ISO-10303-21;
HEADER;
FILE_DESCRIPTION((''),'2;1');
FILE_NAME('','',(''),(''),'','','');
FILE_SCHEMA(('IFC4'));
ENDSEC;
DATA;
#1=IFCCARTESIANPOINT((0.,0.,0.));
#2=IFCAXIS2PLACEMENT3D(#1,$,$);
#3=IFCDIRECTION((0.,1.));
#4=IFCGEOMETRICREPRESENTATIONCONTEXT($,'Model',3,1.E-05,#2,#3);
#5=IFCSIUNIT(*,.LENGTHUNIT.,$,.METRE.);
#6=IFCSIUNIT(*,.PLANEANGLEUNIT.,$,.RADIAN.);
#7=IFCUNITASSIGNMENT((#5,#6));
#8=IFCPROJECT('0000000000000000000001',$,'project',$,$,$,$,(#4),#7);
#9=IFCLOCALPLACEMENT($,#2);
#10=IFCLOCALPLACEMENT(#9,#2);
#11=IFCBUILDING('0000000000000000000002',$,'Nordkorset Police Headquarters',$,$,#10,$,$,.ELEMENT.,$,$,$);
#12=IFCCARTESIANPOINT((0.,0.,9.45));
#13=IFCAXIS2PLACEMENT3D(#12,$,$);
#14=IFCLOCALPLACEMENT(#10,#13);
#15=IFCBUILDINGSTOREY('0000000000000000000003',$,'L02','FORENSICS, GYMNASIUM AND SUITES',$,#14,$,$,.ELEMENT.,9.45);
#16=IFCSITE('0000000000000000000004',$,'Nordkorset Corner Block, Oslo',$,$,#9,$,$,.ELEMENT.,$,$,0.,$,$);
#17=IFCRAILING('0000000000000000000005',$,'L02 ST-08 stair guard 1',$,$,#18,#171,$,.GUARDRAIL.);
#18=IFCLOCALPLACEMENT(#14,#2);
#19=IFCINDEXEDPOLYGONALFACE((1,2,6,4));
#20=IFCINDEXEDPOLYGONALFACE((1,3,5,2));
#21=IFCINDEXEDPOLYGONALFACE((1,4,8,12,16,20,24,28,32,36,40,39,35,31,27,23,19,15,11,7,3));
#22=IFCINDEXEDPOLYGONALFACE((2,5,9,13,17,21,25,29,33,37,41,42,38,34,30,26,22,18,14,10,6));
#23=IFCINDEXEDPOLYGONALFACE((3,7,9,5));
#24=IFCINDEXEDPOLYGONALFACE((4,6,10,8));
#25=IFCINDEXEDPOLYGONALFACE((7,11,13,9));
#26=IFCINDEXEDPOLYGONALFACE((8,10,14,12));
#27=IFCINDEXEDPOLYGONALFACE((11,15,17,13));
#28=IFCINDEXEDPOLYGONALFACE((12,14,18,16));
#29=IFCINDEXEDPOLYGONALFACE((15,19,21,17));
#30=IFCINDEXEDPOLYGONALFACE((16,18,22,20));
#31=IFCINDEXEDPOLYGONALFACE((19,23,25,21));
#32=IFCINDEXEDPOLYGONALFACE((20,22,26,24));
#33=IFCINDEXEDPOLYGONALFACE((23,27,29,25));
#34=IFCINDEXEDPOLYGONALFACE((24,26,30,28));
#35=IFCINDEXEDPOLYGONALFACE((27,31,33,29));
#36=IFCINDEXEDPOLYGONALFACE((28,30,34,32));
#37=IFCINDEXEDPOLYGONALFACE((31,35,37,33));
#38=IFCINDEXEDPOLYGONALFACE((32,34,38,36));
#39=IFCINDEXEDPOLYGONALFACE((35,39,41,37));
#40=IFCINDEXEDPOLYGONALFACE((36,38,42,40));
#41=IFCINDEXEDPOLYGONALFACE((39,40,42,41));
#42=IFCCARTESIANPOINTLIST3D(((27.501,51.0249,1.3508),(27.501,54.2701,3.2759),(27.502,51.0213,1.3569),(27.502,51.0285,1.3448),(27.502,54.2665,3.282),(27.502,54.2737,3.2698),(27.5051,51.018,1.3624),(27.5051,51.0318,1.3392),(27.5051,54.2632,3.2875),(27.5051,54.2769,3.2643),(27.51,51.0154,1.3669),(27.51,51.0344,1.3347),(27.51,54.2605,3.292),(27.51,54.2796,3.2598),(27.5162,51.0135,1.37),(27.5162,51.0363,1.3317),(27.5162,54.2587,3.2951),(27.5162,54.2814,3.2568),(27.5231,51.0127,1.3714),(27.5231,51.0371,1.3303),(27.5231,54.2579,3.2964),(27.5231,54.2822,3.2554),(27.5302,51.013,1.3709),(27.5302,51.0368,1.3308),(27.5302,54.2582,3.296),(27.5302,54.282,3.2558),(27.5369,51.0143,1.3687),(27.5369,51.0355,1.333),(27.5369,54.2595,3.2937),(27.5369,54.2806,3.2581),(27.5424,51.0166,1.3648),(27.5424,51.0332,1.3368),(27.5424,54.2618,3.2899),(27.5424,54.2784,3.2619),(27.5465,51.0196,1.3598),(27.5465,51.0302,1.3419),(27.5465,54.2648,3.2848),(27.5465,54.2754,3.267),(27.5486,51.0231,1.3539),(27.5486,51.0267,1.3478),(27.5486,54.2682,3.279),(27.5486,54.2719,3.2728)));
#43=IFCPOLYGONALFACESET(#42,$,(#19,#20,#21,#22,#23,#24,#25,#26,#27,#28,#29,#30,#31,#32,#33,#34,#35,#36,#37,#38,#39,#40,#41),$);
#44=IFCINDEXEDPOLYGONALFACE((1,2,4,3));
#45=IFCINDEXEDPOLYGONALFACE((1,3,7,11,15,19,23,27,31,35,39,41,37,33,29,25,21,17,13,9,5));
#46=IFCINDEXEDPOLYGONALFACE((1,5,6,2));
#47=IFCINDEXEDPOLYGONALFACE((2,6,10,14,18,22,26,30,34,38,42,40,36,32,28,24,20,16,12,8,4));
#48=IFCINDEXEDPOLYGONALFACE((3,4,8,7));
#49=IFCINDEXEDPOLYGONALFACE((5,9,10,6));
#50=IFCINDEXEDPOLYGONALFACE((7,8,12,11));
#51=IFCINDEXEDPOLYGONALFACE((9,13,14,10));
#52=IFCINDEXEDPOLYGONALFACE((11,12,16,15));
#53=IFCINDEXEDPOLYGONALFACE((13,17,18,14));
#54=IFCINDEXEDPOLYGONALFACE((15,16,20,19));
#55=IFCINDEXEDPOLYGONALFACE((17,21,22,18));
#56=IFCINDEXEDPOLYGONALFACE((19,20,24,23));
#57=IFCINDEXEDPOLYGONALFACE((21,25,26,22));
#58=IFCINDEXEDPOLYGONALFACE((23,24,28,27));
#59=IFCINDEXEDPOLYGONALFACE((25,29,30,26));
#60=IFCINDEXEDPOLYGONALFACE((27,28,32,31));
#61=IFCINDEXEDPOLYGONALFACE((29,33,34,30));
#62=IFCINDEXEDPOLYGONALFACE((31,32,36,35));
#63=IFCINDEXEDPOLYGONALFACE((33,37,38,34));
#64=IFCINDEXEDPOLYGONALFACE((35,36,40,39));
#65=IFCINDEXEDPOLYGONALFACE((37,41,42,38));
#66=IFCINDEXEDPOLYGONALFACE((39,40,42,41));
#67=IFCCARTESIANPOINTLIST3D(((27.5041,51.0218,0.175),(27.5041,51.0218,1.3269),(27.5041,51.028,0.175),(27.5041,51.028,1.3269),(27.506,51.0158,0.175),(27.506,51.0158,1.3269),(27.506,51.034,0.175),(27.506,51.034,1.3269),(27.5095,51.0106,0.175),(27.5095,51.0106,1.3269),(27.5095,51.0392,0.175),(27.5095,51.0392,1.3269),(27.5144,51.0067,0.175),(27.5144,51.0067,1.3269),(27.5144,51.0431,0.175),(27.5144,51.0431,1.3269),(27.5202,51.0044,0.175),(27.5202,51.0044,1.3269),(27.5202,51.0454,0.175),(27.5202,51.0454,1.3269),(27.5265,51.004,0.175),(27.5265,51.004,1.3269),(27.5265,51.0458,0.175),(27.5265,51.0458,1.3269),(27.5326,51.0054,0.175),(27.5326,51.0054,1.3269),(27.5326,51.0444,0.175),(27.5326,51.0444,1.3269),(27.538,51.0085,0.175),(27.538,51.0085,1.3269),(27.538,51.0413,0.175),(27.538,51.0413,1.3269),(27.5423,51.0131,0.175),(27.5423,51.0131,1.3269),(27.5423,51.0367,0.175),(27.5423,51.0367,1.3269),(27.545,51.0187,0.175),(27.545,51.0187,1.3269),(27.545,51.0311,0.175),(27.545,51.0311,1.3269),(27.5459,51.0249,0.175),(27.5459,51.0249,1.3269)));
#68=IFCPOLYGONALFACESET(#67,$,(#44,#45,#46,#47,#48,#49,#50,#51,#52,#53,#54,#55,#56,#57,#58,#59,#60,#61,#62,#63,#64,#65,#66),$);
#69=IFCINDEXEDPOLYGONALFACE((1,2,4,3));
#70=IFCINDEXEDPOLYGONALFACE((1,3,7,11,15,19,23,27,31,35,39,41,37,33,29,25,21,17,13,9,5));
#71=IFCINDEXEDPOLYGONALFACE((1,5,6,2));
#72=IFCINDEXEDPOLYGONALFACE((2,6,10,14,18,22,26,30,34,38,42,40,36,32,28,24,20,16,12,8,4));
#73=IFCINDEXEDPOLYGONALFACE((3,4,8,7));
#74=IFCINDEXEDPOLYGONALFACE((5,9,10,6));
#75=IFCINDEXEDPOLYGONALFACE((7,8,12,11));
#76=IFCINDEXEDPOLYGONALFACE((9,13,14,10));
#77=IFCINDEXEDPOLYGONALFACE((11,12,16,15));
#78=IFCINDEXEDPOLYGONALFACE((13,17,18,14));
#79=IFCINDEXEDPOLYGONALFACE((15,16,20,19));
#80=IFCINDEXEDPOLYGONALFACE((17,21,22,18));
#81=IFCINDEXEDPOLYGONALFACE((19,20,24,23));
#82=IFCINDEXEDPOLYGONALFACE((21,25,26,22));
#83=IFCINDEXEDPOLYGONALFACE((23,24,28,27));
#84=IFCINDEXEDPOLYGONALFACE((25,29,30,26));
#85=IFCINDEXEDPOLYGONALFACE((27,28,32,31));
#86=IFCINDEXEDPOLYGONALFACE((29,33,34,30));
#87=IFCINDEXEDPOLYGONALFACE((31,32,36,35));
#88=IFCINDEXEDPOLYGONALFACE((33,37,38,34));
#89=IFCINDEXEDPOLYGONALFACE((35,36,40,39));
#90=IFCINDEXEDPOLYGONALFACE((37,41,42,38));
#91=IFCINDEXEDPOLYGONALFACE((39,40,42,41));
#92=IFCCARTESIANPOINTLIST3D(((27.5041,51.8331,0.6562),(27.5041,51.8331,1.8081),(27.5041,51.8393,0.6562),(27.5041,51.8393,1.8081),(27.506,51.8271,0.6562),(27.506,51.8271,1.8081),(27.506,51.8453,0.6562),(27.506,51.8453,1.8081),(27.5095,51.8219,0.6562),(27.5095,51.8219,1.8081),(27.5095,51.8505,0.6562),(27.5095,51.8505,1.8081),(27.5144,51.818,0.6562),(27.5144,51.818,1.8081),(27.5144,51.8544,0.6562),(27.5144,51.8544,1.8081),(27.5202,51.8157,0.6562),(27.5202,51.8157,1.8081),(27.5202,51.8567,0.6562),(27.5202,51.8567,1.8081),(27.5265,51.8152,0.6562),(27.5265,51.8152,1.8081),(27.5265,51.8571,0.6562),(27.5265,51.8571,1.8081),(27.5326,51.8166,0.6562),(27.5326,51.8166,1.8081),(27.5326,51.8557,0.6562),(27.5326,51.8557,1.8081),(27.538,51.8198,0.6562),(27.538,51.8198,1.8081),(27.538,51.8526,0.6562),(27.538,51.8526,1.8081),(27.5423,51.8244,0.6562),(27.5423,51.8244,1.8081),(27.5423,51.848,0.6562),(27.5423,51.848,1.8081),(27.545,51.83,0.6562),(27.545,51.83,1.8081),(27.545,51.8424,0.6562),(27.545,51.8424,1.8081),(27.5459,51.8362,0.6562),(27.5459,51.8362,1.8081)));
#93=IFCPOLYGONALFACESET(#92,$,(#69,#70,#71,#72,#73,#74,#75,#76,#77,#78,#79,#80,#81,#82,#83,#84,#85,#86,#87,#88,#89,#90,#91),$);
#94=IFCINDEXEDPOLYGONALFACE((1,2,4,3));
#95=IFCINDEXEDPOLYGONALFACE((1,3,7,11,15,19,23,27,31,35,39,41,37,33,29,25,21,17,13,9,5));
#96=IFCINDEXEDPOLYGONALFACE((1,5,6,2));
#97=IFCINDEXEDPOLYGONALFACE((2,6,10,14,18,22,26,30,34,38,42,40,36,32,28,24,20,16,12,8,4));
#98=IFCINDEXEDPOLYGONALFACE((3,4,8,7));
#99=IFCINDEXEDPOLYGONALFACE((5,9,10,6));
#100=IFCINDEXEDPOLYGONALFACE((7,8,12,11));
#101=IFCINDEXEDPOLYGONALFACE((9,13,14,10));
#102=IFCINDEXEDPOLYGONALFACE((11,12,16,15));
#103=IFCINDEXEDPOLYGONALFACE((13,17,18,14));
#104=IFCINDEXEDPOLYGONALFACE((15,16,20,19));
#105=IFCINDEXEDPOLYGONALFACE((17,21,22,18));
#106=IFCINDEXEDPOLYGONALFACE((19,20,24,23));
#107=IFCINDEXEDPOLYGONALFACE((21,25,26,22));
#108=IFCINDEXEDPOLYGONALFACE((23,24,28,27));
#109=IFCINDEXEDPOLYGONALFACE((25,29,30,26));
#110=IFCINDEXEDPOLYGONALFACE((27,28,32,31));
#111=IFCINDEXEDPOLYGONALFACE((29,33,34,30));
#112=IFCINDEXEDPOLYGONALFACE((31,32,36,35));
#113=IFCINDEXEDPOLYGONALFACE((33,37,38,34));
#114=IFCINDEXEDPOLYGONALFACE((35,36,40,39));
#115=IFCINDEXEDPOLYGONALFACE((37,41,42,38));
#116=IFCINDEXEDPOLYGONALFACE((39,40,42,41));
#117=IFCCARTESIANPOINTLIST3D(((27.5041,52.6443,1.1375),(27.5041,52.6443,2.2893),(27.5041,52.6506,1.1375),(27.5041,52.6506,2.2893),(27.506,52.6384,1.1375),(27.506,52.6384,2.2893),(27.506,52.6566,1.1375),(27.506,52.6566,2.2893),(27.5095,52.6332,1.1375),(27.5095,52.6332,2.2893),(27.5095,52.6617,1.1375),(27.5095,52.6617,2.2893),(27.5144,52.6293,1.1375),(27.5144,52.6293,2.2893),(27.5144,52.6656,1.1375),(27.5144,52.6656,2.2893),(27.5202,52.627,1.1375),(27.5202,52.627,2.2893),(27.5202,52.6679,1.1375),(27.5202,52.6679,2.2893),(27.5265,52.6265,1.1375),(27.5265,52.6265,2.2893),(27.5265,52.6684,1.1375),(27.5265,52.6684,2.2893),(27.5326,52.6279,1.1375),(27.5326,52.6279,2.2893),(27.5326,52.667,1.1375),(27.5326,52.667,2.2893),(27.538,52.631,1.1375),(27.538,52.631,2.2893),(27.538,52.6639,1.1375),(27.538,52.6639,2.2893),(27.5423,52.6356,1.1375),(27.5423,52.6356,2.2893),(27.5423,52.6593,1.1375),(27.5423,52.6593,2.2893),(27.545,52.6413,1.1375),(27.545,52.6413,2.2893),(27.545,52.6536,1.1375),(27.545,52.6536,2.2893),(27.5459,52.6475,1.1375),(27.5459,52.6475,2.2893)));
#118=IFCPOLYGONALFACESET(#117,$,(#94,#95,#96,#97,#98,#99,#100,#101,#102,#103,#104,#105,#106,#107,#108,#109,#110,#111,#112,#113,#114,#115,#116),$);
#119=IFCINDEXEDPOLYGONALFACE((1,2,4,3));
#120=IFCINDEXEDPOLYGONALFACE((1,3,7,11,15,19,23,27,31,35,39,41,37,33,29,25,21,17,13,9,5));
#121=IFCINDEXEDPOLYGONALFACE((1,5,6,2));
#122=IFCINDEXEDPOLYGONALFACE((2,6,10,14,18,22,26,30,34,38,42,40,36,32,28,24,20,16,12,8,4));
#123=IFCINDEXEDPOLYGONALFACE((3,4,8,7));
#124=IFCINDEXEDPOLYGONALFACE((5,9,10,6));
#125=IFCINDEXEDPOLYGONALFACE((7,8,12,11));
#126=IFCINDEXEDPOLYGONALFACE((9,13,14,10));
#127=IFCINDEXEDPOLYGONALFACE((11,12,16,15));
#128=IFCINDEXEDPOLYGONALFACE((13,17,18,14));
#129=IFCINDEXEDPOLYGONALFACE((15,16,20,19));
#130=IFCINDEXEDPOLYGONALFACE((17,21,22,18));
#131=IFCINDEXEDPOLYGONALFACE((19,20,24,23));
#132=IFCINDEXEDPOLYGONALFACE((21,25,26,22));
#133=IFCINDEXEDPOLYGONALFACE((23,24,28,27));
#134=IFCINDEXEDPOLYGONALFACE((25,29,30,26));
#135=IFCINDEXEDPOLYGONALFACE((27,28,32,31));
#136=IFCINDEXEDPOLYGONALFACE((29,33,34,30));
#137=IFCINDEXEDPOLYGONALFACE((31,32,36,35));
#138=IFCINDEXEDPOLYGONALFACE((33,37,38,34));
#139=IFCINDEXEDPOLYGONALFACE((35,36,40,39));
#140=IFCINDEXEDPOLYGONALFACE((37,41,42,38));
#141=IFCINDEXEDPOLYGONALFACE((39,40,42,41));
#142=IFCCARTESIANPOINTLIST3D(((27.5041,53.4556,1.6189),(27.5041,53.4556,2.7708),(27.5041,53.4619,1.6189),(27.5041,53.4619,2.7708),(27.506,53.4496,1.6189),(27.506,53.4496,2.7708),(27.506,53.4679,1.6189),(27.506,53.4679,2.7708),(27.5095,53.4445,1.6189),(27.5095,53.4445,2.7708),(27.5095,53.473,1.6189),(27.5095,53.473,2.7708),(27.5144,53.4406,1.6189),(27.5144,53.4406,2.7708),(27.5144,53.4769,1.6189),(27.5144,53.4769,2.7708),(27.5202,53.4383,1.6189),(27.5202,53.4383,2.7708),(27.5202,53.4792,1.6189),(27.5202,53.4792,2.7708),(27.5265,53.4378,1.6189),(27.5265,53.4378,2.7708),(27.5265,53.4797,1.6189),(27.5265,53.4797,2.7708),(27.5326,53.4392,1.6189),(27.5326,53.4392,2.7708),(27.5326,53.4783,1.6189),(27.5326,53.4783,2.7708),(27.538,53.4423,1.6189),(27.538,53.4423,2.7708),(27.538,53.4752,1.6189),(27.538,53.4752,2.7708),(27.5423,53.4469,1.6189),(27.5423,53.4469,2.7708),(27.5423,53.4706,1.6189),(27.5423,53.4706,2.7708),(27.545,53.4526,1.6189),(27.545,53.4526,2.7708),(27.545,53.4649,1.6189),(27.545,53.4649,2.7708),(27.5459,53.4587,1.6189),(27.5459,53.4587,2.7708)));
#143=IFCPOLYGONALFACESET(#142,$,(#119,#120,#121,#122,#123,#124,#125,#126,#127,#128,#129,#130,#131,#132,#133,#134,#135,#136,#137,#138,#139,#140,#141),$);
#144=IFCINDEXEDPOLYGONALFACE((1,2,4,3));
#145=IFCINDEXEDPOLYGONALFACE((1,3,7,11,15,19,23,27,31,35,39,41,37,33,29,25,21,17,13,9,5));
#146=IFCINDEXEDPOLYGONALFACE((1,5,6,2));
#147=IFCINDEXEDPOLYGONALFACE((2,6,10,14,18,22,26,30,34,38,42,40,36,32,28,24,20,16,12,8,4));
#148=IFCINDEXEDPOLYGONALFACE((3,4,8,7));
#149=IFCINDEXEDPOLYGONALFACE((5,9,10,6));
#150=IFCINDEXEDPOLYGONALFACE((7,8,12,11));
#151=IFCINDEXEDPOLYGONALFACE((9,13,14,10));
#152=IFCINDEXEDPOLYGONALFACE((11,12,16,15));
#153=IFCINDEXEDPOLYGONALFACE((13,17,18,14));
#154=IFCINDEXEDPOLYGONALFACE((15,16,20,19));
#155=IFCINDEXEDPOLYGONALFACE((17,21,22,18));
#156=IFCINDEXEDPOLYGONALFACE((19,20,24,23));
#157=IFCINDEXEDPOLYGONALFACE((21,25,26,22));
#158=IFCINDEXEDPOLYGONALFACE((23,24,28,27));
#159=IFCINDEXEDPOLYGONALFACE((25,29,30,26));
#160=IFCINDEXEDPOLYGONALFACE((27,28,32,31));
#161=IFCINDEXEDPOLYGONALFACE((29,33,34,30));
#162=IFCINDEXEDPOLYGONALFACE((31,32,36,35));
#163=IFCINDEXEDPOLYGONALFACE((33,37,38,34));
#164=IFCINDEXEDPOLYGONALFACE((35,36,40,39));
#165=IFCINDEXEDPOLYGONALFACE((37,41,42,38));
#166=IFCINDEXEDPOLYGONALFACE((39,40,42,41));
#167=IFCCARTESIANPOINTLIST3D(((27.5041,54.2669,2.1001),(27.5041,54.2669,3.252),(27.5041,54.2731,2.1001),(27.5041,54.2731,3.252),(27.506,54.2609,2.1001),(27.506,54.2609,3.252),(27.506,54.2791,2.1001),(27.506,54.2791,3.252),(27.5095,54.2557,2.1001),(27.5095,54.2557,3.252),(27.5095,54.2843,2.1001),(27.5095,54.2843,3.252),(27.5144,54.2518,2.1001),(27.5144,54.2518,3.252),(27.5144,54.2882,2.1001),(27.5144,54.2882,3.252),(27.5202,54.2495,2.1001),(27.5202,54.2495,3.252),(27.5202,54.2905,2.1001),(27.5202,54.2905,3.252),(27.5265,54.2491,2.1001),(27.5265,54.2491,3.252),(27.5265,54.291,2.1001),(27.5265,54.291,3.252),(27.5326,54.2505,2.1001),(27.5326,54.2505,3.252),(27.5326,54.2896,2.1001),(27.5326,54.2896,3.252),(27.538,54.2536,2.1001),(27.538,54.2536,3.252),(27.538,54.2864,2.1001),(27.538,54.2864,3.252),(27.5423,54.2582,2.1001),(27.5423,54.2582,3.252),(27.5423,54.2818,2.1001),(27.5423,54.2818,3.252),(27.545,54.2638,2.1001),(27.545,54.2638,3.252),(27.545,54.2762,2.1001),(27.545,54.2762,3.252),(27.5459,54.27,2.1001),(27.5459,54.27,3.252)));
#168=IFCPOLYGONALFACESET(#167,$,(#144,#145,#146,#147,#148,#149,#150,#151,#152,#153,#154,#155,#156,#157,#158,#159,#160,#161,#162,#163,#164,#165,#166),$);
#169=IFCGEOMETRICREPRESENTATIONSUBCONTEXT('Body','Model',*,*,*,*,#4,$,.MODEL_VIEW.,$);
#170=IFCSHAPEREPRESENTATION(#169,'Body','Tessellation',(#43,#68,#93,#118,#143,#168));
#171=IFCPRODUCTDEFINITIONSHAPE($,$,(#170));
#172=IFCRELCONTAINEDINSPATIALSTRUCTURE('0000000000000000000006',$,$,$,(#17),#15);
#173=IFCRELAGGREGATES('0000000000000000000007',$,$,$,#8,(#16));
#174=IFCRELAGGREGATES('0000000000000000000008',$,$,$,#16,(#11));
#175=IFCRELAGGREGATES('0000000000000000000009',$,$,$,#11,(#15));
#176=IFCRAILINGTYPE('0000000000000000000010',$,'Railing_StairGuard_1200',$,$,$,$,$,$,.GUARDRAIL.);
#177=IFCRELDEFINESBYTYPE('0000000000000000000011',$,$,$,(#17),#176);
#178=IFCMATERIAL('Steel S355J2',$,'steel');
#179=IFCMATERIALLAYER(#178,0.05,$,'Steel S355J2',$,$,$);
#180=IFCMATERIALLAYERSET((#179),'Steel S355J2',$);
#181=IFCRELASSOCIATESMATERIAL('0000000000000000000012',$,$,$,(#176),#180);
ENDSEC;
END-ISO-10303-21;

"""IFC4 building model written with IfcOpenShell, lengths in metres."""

from ifc_helpers import new_model, si_unit, direction, frame, origin, origin_2d, place, context, subcontext, project, spatial, circle, extrude, material, layer, layer_set, type_object, element, save


model = new_model("IFC4")

# Units and contexts
model_context = context("Model", 3, precision=1e-05, world=origin(), true_north=direction((0.0, 1.0)))
body_context = subcontext(model_context, "Body", "Model", "MODEL_VIEW")
ifc_project = project(units=[si_unit("LENGTHUNIT", "METRE"), si_unit("PLANEANGLEUNIT", "RADIAN")], contexts=[model_context])

# Site, building, storey
site_placement = place(None, origin())
site = spatial("IfcSite", under=ifc_project, at=site_placement, Name="Nordkorset Corner Block, Oslo", CompositionType="ELEMENT", RefElevation=0.0)
building_placement = place(site_placement, origin())
building = spatial("IfcBuilding", under=site, at=building_placement, Name="Nordkorset Police Headquarters", CompositionType="ELEMENT")
storey_placement = place(building_placement, frame((0.0, 0.0, 9.45)))
storey = spatial("IfcBuildingStorey", under=building, at=storey_placement, Name="L02", Description="FORENSICS, GYMNASIUM AND SUITES", CompositionType="ELEMENT", Elevation=9.45)

# Railing
ifc_material_1 = material(Name="Steel S355J2", Category="steel")
ifc_layer_1 = layer(ifc_material_1, 0.05, Name="Steel S355J2")
ifc_layer_set_1 = layer_set([ifc_layer_1], Name="Steel S355J2")
railing_type_1 = type_object("IfcRailingType", Name="Railing_StairGuard_1200", PredefinedType="GUARDRAIL", material=ifc_layer_set_1)
railing_1_placement = place(storey_placement, frame((27.5249, 51.0249, 0.175)))
element("IfcRailing", 1, at=railing_1_placement, inside=storey, type_object=railing_type_1, Name="L02 ST-08 stair guard 1", PredefinedType="GUARDRAIL", context=body_context, shape_type="SweptSolid", body=[
    extrude(circle(Radius=0.0239, at=origin_2d()), frame((0.0, 0.0, 1.1758), z_axis=(0.0, 0.860057, 0.510198), x_axis=(-1.0, 0.0, 0.0)), (0.0, 0.0, 1.0), 3.7732),
    extrude(circle(Radius=0.021, at=origin_2d()), origin(), (0.0, 0.0, 1.0), 1.1519),
    extrude(circle(Radius=0.021, at=origin_2d()), frame((0.0, 0.8113, 0.4812)), (0.0, 0.0, 1.0), 1.1519),
    extrude(circle(Radius=0.021, at=origin_2d()), frame((0.0, 1.6226, 0.9624)), (0.0, 0.0, 1.0), 1.1519),
    extrude(circle(Radius=0.021, at=origin_2d()), frame((0.0, 2.4338, 1.4438)), (0.0, 0.0, 1.0), 1.1519),
    extrude(circle(Radius=0.021, at=origin_2d()), frame((0.0, 3.2451, 1.925)), (0.0, 0.0, 1.0), 1.1519),
])

save(model, "model.ifc")
